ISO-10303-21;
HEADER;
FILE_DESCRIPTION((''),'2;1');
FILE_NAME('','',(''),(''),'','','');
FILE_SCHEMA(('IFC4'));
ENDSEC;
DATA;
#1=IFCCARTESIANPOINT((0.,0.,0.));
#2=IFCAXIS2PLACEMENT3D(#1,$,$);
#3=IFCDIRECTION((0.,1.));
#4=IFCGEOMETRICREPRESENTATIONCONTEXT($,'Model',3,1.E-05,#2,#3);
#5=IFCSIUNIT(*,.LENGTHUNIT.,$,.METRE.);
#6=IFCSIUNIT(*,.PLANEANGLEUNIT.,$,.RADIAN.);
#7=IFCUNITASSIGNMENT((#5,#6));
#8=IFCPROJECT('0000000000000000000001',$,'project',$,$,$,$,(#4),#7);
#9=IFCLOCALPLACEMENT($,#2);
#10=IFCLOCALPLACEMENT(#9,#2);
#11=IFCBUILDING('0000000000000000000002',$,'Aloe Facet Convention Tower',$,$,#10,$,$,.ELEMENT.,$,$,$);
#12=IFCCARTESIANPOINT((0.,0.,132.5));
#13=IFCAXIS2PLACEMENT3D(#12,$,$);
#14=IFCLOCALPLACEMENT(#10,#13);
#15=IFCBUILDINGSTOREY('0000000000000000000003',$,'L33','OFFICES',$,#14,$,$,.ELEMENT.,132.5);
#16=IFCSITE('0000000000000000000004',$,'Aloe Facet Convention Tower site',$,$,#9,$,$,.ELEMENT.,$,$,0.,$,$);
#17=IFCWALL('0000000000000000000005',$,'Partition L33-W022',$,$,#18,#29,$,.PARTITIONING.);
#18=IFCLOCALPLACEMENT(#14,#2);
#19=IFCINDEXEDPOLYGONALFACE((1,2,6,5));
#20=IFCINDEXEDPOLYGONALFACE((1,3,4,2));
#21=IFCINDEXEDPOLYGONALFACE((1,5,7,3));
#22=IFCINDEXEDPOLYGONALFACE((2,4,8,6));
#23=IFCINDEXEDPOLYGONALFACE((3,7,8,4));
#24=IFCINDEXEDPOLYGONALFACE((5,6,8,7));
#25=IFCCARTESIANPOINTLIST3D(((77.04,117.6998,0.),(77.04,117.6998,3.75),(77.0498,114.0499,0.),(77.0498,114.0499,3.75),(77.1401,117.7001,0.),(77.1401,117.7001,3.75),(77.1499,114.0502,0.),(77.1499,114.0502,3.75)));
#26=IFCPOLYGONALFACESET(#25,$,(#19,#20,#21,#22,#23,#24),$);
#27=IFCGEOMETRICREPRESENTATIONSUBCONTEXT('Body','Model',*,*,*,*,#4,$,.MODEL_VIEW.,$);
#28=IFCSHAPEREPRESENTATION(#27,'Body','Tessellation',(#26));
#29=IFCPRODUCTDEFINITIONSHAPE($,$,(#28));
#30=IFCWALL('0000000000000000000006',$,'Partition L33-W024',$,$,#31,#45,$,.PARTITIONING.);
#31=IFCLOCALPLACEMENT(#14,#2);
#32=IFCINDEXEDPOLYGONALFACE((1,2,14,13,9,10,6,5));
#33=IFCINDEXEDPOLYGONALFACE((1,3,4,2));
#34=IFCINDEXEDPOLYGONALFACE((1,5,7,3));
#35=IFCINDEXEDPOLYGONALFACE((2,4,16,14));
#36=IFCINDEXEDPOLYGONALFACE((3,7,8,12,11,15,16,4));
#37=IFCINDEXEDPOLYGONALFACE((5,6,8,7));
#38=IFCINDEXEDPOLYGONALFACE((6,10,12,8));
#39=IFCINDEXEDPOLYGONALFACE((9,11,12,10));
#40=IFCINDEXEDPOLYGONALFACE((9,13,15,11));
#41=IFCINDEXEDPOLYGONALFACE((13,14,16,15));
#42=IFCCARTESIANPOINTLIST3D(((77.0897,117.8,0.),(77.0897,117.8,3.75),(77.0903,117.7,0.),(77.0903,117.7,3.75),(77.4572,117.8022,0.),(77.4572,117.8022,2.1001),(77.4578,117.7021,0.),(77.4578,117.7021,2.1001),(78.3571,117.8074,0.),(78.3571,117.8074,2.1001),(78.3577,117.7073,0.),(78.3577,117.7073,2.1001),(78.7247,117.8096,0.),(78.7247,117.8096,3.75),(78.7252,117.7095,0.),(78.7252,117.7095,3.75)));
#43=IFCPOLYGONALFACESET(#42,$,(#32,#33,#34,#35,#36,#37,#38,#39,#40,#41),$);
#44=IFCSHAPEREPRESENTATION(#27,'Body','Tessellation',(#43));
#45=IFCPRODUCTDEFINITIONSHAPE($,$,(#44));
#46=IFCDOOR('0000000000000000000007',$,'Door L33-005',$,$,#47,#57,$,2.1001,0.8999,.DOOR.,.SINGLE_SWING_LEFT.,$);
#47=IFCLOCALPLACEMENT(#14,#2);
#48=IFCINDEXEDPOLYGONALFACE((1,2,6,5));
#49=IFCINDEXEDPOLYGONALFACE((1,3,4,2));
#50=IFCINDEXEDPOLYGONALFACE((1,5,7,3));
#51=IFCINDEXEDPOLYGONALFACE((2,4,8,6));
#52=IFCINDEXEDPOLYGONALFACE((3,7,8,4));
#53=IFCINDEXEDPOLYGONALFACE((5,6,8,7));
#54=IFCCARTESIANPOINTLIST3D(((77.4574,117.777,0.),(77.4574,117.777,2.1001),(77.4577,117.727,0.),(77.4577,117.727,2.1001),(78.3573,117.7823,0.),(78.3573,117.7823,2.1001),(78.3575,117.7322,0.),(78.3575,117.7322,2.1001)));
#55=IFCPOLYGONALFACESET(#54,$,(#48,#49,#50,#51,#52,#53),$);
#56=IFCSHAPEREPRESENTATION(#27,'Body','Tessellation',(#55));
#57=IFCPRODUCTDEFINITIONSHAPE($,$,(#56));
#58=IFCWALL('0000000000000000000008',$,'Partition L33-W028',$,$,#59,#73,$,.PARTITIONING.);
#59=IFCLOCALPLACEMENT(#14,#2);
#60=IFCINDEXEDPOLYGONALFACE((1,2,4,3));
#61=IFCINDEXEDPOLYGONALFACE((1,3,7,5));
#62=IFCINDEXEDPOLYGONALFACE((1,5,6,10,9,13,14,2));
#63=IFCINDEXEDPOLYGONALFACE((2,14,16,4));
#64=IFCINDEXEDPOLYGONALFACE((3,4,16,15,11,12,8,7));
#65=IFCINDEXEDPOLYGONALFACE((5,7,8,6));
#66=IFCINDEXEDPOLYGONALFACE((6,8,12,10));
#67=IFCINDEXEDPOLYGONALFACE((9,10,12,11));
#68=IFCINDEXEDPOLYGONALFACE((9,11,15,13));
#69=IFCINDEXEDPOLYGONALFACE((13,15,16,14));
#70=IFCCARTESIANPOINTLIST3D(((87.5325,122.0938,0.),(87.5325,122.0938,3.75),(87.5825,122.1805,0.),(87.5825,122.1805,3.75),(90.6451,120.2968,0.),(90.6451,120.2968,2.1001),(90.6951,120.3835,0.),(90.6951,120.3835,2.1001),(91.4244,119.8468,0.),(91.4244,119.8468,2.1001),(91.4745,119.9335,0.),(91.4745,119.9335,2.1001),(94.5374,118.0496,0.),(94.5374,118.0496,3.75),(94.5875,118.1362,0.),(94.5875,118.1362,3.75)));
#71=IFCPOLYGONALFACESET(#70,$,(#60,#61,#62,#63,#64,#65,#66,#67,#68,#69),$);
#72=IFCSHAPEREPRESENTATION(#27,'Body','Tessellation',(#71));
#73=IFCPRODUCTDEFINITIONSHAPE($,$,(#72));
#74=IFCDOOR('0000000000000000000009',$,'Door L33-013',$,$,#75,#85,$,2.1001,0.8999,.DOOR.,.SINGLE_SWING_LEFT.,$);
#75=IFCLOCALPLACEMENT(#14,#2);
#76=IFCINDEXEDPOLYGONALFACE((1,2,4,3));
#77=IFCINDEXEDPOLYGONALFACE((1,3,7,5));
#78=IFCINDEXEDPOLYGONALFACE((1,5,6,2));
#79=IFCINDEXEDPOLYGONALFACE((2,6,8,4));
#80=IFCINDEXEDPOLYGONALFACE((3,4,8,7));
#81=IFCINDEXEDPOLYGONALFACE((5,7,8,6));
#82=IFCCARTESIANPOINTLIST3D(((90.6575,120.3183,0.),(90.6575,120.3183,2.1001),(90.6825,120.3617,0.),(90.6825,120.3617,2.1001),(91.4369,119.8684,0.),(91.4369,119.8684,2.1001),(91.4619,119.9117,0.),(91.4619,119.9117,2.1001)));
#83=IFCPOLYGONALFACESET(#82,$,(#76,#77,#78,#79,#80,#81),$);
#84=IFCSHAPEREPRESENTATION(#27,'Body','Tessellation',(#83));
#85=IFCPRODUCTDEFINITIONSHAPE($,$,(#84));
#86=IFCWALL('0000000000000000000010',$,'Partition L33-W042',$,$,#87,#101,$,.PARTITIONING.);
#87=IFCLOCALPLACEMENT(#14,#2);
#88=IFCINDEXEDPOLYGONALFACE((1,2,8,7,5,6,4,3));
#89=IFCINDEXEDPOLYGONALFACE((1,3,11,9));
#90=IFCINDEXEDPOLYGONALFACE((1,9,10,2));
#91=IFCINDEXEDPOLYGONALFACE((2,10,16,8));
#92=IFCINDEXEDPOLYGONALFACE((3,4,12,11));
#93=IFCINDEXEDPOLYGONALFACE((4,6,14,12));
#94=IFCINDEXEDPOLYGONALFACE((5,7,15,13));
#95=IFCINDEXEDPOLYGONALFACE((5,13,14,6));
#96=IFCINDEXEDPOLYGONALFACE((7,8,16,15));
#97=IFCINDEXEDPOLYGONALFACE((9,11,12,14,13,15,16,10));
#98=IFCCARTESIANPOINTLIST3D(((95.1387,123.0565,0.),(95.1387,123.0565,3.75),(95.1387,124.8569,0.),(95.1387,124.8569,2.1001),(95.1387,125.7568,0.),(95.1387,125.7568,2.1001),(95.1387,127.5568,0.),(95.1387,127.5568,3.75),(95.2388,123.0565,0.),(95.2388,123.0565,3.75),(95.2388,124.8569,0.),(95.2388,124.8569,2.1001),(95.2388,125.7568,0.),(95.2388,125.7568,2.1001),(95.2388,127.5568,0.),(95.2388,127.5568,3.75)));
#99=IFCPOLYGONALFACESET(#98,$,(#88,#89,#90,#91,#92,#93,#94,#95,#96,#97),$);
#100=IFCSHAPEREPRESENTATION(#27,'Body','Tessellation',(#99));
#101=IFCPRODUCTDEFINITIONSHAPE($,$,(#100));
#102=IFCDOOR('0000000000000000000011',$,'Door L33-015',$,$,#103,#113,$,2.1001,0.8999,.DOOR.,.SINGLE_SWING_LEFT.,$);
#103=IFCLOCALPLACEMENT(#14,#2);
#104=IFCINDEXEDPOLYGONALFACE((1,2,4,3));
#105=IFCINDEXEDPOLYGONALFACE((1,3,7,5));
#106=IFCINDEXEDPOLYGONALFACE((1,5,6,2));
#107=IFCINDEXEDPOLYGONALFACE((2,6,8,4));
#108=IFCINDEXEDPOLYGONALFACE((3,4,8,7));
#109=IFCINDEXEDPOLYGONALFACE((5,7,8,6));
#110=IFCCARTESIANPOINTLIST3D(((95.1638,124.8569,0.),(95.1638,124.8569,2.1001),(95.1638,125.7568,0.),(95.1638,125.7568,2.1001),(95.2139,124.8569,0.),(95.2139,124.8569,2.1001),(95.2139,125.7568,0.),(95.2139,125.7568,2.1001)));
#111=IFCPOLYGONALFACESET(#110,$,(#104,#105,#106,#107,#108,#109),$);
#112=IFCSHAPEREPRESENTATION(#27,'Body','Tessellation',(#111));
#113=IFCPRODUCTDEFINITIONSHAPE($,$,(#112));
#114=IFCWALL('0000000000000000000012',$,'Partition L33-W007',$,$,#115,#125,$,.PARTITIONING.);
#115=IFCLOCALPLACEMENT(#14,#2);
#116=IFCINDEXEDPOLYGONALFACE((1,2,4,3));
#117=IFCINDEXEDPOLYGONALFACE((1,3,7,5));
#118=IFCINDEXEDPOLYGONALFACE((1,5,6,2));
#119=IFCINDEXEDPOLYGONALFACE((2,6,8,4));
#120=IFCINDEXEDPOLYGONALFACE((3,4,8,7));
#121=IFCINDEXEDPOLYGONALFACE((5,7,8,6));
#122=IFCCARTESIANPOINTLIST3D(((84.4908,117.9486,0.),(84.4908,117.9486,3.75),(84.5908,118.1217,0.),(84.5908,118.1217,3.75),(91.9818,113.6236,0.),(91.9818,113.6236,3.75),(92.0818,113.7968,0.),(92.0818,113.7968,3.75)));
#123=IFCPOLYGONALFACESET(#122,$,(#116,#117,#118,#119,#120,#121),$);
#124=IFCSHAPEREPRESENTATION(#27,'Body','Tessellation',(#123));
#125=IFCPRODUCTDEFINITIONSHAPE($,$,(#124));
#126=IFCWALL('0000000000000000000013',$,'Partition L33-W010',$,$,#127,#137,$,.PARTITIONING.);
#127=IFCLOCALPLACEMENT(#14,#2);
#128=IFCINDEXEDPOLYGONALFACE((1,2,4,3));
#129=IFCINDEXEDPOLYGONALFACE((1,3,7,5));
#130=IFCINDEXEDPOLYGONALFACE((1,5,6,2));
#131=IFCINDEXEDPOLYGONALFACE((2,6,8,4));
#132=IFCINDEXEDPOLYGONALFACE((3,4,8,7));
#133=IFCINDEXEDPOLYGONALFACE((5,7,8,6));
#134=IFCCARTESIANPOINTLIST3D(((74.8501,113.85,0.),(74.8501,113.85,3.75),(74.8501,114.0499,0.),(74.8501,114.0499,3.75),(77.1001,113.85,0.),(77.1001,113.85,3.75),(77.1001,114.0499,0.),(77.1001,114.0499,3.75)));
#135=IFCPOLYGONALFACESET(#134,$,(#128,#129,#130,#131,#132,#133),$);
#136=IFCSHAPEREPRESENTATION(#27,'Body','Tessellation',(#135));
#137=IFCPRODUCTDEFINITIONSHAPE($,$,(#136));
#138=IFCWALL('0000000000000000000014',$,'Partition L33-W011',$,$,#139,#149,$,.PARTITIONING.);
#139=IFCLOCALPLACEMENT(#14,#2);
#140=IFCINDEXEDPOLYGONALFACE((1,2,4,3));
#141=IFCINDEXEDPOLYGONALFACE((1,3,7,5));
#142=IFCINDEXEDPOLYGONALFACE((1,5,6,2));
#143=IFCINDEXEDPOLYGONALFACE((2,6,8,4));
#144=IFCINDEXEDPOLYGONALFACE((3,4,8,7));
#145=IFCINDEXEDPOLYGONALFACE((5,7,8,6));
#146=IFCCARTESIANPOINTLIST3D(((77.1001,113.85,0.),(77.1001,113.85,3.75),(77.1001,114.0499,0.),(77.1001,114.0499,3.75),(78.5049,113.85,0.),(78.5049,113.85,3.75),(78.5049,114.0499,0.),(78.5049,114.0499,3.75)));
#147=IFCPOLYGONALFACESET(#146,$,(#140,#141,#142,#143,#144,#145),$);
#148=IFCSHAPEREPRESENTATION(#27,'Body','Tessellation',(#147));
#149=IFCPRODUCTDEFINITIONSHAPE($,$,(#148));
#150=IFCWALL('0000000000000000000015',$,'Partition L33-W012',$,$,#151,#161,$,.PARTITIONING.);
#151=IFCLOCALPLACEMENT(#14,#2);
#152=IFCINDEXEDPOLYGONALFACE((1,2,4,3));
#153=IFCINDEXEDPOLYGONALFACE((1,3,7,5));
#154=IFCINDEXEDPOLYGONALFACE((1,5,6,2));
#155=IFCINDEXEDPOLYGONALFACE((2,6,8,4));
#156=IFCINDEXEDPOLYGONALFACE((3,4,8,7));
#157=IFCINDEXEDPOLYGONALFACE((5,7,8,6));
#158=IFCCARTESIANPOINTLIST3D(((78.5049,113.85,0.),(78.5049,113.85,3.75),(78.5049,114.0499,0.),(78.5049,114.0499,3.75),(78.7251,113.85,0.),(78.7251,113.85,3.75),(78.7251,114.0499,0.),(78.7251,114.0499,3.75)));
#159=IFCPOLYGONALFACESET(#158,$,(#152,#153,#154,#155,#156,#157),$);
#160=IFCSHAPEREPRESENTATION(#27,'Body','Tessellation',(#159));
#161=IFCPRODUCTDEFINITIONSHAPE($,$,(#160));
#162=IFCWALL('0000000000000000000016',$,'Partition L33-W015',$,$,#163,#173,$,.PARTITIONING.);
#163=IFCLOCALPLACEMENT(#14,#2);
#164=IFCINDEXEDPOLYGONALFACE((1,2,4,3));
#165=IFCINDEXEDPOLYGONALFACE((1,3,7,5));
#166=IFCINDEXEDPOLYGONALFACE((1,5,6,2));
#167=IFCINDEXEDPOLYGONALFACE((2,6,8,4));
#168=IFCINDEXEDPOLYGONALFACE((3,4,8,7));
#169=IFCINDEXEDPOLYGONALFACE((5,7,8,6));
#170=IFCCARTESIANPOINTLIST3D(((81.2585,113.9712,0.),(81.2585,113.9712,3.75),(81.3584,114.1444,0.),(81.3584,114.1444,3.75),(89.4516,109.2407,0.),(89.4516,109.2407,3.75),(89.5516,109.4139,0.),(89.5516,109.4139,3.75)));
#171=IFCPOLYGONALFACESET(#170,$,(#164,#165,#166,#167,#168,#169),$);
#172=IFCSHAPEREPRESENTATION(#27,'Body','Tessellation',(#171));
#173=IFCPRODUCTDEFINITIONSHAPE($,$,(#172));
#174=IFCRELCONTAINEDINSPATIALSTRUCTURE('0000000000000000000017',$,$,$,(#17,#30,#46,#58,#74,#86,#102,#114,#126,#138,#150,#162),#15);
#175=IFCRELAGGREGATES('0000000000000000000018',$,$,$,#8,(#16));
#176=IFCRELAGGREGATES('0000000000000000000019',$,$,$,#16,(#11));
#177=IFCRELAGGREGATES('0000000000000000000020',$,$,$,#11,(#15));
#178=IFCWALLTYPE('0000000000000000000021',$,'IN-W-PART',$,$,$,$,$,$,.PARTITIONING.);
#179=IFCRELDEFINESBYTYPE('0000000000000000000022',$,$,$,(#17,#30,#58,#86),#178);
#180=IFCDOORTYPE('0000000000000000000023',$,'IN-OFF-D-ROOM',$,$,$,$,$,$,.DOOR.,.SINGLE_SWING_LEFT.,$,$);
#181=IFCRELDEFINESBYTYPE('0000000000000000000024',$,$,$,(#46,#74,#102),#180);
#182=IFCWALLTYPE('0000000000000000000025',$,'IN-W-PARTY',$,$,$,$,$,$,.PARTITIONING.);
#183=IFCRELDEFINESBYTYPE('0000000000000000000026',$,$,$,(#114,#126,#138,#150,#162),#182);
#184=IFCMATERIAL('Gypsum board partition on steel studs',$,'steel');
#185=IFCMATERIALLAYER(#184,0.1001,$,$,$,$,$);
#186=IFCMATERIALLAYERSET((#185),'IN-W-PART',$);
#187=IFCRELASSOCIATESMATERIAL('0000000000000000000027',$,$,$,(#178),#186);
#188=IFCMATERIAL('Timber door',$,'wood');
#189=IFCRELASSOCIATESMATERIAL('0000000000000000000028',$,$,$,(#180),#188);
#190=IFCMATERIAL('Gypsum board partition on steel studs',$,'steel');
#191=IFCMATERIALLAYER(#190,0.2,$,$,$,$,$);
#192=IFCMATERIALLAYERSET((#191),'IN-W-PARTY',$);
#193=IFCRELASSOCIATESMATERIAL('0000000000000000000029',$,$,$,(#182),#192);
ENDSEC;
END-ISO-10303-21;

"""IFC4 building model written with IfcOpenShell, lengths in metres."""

from ifc_helpers import new_model, si_unit, direction, frame, frame_2d, origin, place, context, subcontext, project, spatial, rectangle, extrude, material, layer, layer_set, type_object, element, fill, save


model = new_model("IFC4")

# Units and contexts
model_context = context("Model", 3, precision=1e-05, world=origin(), true_north=direction((0.0, 1.0)))
body_context = subcontext(model_context, "Body", "Model", "MODEL_VIEW")
ifc_project = project(units=[si_unit("LENGTHUNIT", "METRE"), si_unit("PLANEANGLEUNIT", "RADIAN")], contexts=[model_context])

# Site, building, storey
site_placement = place(None, origin())
site = spatial("IfcSite", under=ifc_project, at=site_placement, Name="Aloe Facet Convention Tower site", CompositionType="ELEMENT", RefElevation=0.0)
building_placement = place(site_placement, origin())
building = spatial("IfcBuilding", under=site, at=building_placement, Name="Aloe Facet Convention Tower", CompositionType="ELEMENT")
storey_placement = place(building_placement, frame((0.0, 0.0, 132.5)))
storey = spatial("IfcBuildingStorey", under=building, at=storey_placement, Name="L33", Description="OFFICES", CompositionType="ELEMENT", Elevation=132.5)

# Wall
ifc_material_1 = material(Name="Gypsum board partition on steel studs", Category="steel")
ifc_layer_1 = layer(ifc_material_1, 0.1001)
ifc_layer_set_1 = layer_set([ifc_layer_1], Name="IN-W-PART")
wall_type_1 = type_object("IfcWallType", Name="IN-W-PART", PredefinedType="PARTITIONING", material=ifc_layer_set_1)
wall_1_placement = place(storey_placement, frame((77.0999, 114.05, 0.0), z_axis=(0.0, 0.0, 1.0), x_axis=(-0.002676, 0.999996, 0.0)))
element("IfcWall", 1, at=wall_1_placement, inside=storey, type_object=wall_type_1, Name="Partition L33-W022", PredefinedType="PARTITIONING", context=body_context, shape_type="SweptSolid", body=[
    extrude(rectangle(XDim=3.6499, YDim=0.1001, at=frame_2d((1.825, 0.0))), origin(), (0.0, 0.0, 1.0), 3.75),
])

# Walls, openings, doors
wall_2_placement = place(storey_placement, frame((77.0901, 117.75, 0.0), z_axis=(0.0, 0.0, 1.0), x_axis=(0.999983, 0.005823, 0.0)))
wall_2 = element("IfcWall", 2, at=wall_2_placement, inside=storey, type_object=wall_type_1, Name="Partition L33-W024", PredefinedType="PARTITIONING", context=body_context, shape_type="SweptSolid", body=[
    extrude(rectangle(XDim=1.635, YDim=0.1001, at=frame_2d((0.8174, 0.0))), origin(), (0.0, 0.0, 1.0), 3.75),
])
opening_1_placement = place(wall_2_placement, frame((0.3674, 0.0, 0.0)))
opening_1 = element("IfcOpeningElement", 3, at=opening_1_placement, cuts=wall_2, PredefinedType="OPENING", context=body_context, shape_type="SweptSolid", body=[
    extrude(rectangle(XDim=0.8999, YDim=2.1001, at=frame_2d((0.45, 1.05))), frame((0.0, 0.0601, 0.0), z_axis=(0.0, -1.0, 0.0), x_axis=(1.0, 0.0, 0.0)), (0.0, 0.0, 1.0), 0.1201),
])
ifc_material_2 = material(Name="Timber door", Category="wood")
door_type_1 = type_object("IfcDoorType", Name="IN-OFF-D-ROOM", OperationType="SINGLE_SWING_LEFT", PredefinedType="DOOR", material=ifc_material_2)
door_1_placement = place(opening_1_placement, origin())
door_1 = element("IfcDoor", 4, at=door_1_placement, inside=storey, type_object=door_type_1, Name="Door L33-005", OperationType="SINGLE_SWING_LEFT", OverallHeight=2.1001, OverallWidth=0.8999, PredefinedType="DOOR", context=body_context, shape_type="SweptSolid", body=[
    extrude(rectangle(XDim=0.8999, YDim=2.1001, at=frame_2d((0.45, 1.05))), frame((0.0, 0.0249, 0.0), z_axis=(0.0, -1.0, 0.0), x_axis=(1.0, 0.0, 0.0)), (0.0, 0.0, 1.0), 0.05),
])
fill(opening_1, door_1)
wall_3_placement = place(storey_placement, frame((87.5574, 122.1372, 0.0), z_axis=(0.0, 0.0, 1.0), x_axis=(0.86603, -0.499992, 0.0)))
wall_3 = element("IfcWall", 5, at=wall_3_placement, inside=storey, type_object=wall_type_1, Name="Partition L33-W028", PredefinedType="PARTITIONING", context=body_context, shape_type="SweptSolid", body=[
    extrude(rectangle(XDim=8.0886, YDim=0.1001, at=frame_2d((4.0444, 0.0))), origin(), (0.0, 0.0, 1.0), 3.75),
])
opening_2_placement = place(wall_3_placement, frame((3.5942, 0.0, 0.0)))
opening_2 = element("IfcOpeningElement", 6, at=opening_2_placement, cuts=wall_3, PredefinedType="OPENING", context=body_context, shape_type="SweptSolid", body=[
    extrude(rectangle(XDim=0.8999, YDim=2.1001, at=frame_2d((0.45, 1.05))), frame((0.0, 0.0601, 0.0), z_axis=(0.0, -1.0, 0.0), x_axis=(1.0, 0.0, 0.0)), (0.0, 0.0, 1.0), 0.1201),
])
door_2_placement = place(opening_2_placement, origin())
door_2 = element("IfcDoor", 7, at=door_2_placement, inside=storey, type_object=door_type_1, Name="Door L33-013", OperationType="SINGLE_SWING_LEFT", OverallHeight=2.1001, OverallWidth=0.8999, PredefinedType="DOOR", context=body_context, shape_type="SweptSolid", body=[
    extrude(rectangle(XDim=0.8999, YDim=2.1001, at=frame_2d((0.45, 1.05))), frame((0.0, 0.0249, 0.0), z_axis=(0.0, -1.0, 0.0), x_axis=(1.0, 0.0, 0.0)), (0.0, 0.0, 1.0), 0.05),
])
fill(opening_2, door_2)
wall_4_placement = place(storey_placement, frame((95.1887, 123.0566, 0.0), z_axis=(0.0, 0.0, 1.0), x_axis=(0.0, 1.0, 0.0)))
wall_4 = element("IfcWall", 8, at=wall_4_placement, inside=storey, type_object=wall_type_1, Name="Partition L33-W042", PredefinedType="PARTITIONING", context=body_context, shape_type="SweptSolid", body=[
    extrude(rectangle(XDim=4.5002, YDim=0.1001, at=frame_2d((2.25, 0.0))), origin(), (0.0, 0.0, 1.0), 3.75),
])
opening_3_placement = place(wall_4_placement, frame((1.8003, 0.0, 0.0)))
opening_3 = element("IfcOpeningElement", 9, at=opening_3_placement, cuts=wall_4, PredefinedType="OPENING", context=body_context, shape_type="SweptSolid", body=[
    extrude(rectangle(XDim=0.8999, YDim=2.1001, at=frame_2d((0.45, 1.05))), frame((0.0, 0.0601, 0.0), z_axis=(0.0, -1.0, 0.0), x_axis=(1.0, 0.0, 0.0)), (0.0, 0.0, 1.0), 0.1201),
])
door_3_placement = place(opening_3_placement, origin())
door_3 = element("IfcDoor", 10, at=door_3_placement, inside=storey, type_object=door_type_1, Name="Door L33-015", OperationType="SINGLE_SWING_LEFT", OverallHeight=2.1001, OverallWidth=0.8999, PredefinedType="DOOR", context=body_context, shape_type="SweptSolid", body=[
    extrude(rectangle(XDim=0.8999, YDim=2.1001, at=frame_2d((0.45, 1.05))), frame((0.0, 0.0249, 0.0), z_axis=(0.0, -1.0, 0.0), x_axis=(1.0, 0.0, 0.0)), (0.0, 0.0, 1.0), 0.05),
])
fill(opening_3, door_3)

# Walls
ifc_material_3 = material(Name="Gypsum board partition on steel studs", Category="steel")
ifc_layer_2 = layer(ifc_material_3, 0.2)
ifc_layer_set_2 = layer_set([ifc_layer_2], Name="IN-W-PARTY")
wall_type_2 = type_object("IfcWallType", Name="IN-W-PARTY", PredefinedType="PARTITIONING", material=ifc_layer_set_2)
wall_5_placement = place(storey_placement, frame((84.5408, 118.0352, 0.0), z_axis=(0.0, 0.0, 1.0), x_axis=(0.866023, -0.500003, 0.0)))
element("IfcWall", 11, at=wall_5_placement, inside=storey, type_object=wall_type_2, Name="Partition L33-W007", PredefinedType="PARTITIONING", context=body_context, shape_type="SweptSolid", body=[
    extrude(rectangle(XDim=8.6499, YDim=0.2, at=frame_2d((4.325, 0.0))), origin(), (0.0, 0.0, 1.0), 3.75),
])
wall_6_placement = place(storey_placement, frame((74.8501, 113.95, 0.0), z_axis=(0.0, 0.0, 1.0), x_axis=(1.0, 0.0, 0.0)))
element("IfcWall", 12, at=wall_6_placement, inside=storey, type_object=wall_type_2, Name="Partition L33-W010", PredefinedType="PARTITIONING", context=body_context, shape_type="SweptSolid", body=[
    extrude(rectangle(XDim=2.25, YDim=0.2, at=frame_2d((1.125, 0.0))), origin(), (0.0, 0.0, 1.0), 3.75),
])
wall_7_placement = place(storey_placement, frame((77.1001, 113.95, 0.0), z_axis=(0.0, 0.0, 1.0), x_axis=(1.0, 0.0, 0.0)))
element("IfcWall", 13, at=wall_7_placement, inside=storey, type_object=wall_type_2, Name="Partition L33-W011", PredefinedType="PARTITIONING", context=body_context, shape_type="SweptSolid", body=[
    extrude(rectangle(XDim=1.4048, YDim=0.2, at=frame_2d((0.7024, 0.0))), origin(), (0.0, 0.0, 1.0), 3.75),
])
wall_8_placement = place(storey_placement, frame((78.5049, 113.95, 0.0), z_axis=(0.0, 0.0, 1.0), x_axis=(1.0, 0.0, 0.0)))
element("IfcWall", 14, at=wall_8_placement, inside=storey, type_object=wall_type_2, Name="Partition L33-W012", PredefinedType="PARTITIONING", context=body_context, shape_type="SweptSolid", body=[
    extrude(rectangle(XDim=0.2202, YDim=0.2, at=frame_2d((0.1101, 0.0))), origin(), (0.0, 0.0, 1.0), 3.75),
])
wall_9_placement = place(storey_placement, frame((81.3083, 114.0579, 0.0), z_axis=(0.0, 0.0, 1.0), x_axis=(0.866018, -0.500014, 0.0)))
element("IfcWall", 15, at=wall_9_placement, inside=storey, type_object=wall_type_2, Name="Partition L33-W015", PredefinedType="PARTITIONING", context=body_context, shape_type="SweptSolid", body=[
    extrude(rectangle(XDim=9.4607, YDim=0.2, at=frame_2d((4.7305, 0.0))), origin(), (0.0, 0.0, 1.0), 3.75),
])

save(model, "model.ifc")
